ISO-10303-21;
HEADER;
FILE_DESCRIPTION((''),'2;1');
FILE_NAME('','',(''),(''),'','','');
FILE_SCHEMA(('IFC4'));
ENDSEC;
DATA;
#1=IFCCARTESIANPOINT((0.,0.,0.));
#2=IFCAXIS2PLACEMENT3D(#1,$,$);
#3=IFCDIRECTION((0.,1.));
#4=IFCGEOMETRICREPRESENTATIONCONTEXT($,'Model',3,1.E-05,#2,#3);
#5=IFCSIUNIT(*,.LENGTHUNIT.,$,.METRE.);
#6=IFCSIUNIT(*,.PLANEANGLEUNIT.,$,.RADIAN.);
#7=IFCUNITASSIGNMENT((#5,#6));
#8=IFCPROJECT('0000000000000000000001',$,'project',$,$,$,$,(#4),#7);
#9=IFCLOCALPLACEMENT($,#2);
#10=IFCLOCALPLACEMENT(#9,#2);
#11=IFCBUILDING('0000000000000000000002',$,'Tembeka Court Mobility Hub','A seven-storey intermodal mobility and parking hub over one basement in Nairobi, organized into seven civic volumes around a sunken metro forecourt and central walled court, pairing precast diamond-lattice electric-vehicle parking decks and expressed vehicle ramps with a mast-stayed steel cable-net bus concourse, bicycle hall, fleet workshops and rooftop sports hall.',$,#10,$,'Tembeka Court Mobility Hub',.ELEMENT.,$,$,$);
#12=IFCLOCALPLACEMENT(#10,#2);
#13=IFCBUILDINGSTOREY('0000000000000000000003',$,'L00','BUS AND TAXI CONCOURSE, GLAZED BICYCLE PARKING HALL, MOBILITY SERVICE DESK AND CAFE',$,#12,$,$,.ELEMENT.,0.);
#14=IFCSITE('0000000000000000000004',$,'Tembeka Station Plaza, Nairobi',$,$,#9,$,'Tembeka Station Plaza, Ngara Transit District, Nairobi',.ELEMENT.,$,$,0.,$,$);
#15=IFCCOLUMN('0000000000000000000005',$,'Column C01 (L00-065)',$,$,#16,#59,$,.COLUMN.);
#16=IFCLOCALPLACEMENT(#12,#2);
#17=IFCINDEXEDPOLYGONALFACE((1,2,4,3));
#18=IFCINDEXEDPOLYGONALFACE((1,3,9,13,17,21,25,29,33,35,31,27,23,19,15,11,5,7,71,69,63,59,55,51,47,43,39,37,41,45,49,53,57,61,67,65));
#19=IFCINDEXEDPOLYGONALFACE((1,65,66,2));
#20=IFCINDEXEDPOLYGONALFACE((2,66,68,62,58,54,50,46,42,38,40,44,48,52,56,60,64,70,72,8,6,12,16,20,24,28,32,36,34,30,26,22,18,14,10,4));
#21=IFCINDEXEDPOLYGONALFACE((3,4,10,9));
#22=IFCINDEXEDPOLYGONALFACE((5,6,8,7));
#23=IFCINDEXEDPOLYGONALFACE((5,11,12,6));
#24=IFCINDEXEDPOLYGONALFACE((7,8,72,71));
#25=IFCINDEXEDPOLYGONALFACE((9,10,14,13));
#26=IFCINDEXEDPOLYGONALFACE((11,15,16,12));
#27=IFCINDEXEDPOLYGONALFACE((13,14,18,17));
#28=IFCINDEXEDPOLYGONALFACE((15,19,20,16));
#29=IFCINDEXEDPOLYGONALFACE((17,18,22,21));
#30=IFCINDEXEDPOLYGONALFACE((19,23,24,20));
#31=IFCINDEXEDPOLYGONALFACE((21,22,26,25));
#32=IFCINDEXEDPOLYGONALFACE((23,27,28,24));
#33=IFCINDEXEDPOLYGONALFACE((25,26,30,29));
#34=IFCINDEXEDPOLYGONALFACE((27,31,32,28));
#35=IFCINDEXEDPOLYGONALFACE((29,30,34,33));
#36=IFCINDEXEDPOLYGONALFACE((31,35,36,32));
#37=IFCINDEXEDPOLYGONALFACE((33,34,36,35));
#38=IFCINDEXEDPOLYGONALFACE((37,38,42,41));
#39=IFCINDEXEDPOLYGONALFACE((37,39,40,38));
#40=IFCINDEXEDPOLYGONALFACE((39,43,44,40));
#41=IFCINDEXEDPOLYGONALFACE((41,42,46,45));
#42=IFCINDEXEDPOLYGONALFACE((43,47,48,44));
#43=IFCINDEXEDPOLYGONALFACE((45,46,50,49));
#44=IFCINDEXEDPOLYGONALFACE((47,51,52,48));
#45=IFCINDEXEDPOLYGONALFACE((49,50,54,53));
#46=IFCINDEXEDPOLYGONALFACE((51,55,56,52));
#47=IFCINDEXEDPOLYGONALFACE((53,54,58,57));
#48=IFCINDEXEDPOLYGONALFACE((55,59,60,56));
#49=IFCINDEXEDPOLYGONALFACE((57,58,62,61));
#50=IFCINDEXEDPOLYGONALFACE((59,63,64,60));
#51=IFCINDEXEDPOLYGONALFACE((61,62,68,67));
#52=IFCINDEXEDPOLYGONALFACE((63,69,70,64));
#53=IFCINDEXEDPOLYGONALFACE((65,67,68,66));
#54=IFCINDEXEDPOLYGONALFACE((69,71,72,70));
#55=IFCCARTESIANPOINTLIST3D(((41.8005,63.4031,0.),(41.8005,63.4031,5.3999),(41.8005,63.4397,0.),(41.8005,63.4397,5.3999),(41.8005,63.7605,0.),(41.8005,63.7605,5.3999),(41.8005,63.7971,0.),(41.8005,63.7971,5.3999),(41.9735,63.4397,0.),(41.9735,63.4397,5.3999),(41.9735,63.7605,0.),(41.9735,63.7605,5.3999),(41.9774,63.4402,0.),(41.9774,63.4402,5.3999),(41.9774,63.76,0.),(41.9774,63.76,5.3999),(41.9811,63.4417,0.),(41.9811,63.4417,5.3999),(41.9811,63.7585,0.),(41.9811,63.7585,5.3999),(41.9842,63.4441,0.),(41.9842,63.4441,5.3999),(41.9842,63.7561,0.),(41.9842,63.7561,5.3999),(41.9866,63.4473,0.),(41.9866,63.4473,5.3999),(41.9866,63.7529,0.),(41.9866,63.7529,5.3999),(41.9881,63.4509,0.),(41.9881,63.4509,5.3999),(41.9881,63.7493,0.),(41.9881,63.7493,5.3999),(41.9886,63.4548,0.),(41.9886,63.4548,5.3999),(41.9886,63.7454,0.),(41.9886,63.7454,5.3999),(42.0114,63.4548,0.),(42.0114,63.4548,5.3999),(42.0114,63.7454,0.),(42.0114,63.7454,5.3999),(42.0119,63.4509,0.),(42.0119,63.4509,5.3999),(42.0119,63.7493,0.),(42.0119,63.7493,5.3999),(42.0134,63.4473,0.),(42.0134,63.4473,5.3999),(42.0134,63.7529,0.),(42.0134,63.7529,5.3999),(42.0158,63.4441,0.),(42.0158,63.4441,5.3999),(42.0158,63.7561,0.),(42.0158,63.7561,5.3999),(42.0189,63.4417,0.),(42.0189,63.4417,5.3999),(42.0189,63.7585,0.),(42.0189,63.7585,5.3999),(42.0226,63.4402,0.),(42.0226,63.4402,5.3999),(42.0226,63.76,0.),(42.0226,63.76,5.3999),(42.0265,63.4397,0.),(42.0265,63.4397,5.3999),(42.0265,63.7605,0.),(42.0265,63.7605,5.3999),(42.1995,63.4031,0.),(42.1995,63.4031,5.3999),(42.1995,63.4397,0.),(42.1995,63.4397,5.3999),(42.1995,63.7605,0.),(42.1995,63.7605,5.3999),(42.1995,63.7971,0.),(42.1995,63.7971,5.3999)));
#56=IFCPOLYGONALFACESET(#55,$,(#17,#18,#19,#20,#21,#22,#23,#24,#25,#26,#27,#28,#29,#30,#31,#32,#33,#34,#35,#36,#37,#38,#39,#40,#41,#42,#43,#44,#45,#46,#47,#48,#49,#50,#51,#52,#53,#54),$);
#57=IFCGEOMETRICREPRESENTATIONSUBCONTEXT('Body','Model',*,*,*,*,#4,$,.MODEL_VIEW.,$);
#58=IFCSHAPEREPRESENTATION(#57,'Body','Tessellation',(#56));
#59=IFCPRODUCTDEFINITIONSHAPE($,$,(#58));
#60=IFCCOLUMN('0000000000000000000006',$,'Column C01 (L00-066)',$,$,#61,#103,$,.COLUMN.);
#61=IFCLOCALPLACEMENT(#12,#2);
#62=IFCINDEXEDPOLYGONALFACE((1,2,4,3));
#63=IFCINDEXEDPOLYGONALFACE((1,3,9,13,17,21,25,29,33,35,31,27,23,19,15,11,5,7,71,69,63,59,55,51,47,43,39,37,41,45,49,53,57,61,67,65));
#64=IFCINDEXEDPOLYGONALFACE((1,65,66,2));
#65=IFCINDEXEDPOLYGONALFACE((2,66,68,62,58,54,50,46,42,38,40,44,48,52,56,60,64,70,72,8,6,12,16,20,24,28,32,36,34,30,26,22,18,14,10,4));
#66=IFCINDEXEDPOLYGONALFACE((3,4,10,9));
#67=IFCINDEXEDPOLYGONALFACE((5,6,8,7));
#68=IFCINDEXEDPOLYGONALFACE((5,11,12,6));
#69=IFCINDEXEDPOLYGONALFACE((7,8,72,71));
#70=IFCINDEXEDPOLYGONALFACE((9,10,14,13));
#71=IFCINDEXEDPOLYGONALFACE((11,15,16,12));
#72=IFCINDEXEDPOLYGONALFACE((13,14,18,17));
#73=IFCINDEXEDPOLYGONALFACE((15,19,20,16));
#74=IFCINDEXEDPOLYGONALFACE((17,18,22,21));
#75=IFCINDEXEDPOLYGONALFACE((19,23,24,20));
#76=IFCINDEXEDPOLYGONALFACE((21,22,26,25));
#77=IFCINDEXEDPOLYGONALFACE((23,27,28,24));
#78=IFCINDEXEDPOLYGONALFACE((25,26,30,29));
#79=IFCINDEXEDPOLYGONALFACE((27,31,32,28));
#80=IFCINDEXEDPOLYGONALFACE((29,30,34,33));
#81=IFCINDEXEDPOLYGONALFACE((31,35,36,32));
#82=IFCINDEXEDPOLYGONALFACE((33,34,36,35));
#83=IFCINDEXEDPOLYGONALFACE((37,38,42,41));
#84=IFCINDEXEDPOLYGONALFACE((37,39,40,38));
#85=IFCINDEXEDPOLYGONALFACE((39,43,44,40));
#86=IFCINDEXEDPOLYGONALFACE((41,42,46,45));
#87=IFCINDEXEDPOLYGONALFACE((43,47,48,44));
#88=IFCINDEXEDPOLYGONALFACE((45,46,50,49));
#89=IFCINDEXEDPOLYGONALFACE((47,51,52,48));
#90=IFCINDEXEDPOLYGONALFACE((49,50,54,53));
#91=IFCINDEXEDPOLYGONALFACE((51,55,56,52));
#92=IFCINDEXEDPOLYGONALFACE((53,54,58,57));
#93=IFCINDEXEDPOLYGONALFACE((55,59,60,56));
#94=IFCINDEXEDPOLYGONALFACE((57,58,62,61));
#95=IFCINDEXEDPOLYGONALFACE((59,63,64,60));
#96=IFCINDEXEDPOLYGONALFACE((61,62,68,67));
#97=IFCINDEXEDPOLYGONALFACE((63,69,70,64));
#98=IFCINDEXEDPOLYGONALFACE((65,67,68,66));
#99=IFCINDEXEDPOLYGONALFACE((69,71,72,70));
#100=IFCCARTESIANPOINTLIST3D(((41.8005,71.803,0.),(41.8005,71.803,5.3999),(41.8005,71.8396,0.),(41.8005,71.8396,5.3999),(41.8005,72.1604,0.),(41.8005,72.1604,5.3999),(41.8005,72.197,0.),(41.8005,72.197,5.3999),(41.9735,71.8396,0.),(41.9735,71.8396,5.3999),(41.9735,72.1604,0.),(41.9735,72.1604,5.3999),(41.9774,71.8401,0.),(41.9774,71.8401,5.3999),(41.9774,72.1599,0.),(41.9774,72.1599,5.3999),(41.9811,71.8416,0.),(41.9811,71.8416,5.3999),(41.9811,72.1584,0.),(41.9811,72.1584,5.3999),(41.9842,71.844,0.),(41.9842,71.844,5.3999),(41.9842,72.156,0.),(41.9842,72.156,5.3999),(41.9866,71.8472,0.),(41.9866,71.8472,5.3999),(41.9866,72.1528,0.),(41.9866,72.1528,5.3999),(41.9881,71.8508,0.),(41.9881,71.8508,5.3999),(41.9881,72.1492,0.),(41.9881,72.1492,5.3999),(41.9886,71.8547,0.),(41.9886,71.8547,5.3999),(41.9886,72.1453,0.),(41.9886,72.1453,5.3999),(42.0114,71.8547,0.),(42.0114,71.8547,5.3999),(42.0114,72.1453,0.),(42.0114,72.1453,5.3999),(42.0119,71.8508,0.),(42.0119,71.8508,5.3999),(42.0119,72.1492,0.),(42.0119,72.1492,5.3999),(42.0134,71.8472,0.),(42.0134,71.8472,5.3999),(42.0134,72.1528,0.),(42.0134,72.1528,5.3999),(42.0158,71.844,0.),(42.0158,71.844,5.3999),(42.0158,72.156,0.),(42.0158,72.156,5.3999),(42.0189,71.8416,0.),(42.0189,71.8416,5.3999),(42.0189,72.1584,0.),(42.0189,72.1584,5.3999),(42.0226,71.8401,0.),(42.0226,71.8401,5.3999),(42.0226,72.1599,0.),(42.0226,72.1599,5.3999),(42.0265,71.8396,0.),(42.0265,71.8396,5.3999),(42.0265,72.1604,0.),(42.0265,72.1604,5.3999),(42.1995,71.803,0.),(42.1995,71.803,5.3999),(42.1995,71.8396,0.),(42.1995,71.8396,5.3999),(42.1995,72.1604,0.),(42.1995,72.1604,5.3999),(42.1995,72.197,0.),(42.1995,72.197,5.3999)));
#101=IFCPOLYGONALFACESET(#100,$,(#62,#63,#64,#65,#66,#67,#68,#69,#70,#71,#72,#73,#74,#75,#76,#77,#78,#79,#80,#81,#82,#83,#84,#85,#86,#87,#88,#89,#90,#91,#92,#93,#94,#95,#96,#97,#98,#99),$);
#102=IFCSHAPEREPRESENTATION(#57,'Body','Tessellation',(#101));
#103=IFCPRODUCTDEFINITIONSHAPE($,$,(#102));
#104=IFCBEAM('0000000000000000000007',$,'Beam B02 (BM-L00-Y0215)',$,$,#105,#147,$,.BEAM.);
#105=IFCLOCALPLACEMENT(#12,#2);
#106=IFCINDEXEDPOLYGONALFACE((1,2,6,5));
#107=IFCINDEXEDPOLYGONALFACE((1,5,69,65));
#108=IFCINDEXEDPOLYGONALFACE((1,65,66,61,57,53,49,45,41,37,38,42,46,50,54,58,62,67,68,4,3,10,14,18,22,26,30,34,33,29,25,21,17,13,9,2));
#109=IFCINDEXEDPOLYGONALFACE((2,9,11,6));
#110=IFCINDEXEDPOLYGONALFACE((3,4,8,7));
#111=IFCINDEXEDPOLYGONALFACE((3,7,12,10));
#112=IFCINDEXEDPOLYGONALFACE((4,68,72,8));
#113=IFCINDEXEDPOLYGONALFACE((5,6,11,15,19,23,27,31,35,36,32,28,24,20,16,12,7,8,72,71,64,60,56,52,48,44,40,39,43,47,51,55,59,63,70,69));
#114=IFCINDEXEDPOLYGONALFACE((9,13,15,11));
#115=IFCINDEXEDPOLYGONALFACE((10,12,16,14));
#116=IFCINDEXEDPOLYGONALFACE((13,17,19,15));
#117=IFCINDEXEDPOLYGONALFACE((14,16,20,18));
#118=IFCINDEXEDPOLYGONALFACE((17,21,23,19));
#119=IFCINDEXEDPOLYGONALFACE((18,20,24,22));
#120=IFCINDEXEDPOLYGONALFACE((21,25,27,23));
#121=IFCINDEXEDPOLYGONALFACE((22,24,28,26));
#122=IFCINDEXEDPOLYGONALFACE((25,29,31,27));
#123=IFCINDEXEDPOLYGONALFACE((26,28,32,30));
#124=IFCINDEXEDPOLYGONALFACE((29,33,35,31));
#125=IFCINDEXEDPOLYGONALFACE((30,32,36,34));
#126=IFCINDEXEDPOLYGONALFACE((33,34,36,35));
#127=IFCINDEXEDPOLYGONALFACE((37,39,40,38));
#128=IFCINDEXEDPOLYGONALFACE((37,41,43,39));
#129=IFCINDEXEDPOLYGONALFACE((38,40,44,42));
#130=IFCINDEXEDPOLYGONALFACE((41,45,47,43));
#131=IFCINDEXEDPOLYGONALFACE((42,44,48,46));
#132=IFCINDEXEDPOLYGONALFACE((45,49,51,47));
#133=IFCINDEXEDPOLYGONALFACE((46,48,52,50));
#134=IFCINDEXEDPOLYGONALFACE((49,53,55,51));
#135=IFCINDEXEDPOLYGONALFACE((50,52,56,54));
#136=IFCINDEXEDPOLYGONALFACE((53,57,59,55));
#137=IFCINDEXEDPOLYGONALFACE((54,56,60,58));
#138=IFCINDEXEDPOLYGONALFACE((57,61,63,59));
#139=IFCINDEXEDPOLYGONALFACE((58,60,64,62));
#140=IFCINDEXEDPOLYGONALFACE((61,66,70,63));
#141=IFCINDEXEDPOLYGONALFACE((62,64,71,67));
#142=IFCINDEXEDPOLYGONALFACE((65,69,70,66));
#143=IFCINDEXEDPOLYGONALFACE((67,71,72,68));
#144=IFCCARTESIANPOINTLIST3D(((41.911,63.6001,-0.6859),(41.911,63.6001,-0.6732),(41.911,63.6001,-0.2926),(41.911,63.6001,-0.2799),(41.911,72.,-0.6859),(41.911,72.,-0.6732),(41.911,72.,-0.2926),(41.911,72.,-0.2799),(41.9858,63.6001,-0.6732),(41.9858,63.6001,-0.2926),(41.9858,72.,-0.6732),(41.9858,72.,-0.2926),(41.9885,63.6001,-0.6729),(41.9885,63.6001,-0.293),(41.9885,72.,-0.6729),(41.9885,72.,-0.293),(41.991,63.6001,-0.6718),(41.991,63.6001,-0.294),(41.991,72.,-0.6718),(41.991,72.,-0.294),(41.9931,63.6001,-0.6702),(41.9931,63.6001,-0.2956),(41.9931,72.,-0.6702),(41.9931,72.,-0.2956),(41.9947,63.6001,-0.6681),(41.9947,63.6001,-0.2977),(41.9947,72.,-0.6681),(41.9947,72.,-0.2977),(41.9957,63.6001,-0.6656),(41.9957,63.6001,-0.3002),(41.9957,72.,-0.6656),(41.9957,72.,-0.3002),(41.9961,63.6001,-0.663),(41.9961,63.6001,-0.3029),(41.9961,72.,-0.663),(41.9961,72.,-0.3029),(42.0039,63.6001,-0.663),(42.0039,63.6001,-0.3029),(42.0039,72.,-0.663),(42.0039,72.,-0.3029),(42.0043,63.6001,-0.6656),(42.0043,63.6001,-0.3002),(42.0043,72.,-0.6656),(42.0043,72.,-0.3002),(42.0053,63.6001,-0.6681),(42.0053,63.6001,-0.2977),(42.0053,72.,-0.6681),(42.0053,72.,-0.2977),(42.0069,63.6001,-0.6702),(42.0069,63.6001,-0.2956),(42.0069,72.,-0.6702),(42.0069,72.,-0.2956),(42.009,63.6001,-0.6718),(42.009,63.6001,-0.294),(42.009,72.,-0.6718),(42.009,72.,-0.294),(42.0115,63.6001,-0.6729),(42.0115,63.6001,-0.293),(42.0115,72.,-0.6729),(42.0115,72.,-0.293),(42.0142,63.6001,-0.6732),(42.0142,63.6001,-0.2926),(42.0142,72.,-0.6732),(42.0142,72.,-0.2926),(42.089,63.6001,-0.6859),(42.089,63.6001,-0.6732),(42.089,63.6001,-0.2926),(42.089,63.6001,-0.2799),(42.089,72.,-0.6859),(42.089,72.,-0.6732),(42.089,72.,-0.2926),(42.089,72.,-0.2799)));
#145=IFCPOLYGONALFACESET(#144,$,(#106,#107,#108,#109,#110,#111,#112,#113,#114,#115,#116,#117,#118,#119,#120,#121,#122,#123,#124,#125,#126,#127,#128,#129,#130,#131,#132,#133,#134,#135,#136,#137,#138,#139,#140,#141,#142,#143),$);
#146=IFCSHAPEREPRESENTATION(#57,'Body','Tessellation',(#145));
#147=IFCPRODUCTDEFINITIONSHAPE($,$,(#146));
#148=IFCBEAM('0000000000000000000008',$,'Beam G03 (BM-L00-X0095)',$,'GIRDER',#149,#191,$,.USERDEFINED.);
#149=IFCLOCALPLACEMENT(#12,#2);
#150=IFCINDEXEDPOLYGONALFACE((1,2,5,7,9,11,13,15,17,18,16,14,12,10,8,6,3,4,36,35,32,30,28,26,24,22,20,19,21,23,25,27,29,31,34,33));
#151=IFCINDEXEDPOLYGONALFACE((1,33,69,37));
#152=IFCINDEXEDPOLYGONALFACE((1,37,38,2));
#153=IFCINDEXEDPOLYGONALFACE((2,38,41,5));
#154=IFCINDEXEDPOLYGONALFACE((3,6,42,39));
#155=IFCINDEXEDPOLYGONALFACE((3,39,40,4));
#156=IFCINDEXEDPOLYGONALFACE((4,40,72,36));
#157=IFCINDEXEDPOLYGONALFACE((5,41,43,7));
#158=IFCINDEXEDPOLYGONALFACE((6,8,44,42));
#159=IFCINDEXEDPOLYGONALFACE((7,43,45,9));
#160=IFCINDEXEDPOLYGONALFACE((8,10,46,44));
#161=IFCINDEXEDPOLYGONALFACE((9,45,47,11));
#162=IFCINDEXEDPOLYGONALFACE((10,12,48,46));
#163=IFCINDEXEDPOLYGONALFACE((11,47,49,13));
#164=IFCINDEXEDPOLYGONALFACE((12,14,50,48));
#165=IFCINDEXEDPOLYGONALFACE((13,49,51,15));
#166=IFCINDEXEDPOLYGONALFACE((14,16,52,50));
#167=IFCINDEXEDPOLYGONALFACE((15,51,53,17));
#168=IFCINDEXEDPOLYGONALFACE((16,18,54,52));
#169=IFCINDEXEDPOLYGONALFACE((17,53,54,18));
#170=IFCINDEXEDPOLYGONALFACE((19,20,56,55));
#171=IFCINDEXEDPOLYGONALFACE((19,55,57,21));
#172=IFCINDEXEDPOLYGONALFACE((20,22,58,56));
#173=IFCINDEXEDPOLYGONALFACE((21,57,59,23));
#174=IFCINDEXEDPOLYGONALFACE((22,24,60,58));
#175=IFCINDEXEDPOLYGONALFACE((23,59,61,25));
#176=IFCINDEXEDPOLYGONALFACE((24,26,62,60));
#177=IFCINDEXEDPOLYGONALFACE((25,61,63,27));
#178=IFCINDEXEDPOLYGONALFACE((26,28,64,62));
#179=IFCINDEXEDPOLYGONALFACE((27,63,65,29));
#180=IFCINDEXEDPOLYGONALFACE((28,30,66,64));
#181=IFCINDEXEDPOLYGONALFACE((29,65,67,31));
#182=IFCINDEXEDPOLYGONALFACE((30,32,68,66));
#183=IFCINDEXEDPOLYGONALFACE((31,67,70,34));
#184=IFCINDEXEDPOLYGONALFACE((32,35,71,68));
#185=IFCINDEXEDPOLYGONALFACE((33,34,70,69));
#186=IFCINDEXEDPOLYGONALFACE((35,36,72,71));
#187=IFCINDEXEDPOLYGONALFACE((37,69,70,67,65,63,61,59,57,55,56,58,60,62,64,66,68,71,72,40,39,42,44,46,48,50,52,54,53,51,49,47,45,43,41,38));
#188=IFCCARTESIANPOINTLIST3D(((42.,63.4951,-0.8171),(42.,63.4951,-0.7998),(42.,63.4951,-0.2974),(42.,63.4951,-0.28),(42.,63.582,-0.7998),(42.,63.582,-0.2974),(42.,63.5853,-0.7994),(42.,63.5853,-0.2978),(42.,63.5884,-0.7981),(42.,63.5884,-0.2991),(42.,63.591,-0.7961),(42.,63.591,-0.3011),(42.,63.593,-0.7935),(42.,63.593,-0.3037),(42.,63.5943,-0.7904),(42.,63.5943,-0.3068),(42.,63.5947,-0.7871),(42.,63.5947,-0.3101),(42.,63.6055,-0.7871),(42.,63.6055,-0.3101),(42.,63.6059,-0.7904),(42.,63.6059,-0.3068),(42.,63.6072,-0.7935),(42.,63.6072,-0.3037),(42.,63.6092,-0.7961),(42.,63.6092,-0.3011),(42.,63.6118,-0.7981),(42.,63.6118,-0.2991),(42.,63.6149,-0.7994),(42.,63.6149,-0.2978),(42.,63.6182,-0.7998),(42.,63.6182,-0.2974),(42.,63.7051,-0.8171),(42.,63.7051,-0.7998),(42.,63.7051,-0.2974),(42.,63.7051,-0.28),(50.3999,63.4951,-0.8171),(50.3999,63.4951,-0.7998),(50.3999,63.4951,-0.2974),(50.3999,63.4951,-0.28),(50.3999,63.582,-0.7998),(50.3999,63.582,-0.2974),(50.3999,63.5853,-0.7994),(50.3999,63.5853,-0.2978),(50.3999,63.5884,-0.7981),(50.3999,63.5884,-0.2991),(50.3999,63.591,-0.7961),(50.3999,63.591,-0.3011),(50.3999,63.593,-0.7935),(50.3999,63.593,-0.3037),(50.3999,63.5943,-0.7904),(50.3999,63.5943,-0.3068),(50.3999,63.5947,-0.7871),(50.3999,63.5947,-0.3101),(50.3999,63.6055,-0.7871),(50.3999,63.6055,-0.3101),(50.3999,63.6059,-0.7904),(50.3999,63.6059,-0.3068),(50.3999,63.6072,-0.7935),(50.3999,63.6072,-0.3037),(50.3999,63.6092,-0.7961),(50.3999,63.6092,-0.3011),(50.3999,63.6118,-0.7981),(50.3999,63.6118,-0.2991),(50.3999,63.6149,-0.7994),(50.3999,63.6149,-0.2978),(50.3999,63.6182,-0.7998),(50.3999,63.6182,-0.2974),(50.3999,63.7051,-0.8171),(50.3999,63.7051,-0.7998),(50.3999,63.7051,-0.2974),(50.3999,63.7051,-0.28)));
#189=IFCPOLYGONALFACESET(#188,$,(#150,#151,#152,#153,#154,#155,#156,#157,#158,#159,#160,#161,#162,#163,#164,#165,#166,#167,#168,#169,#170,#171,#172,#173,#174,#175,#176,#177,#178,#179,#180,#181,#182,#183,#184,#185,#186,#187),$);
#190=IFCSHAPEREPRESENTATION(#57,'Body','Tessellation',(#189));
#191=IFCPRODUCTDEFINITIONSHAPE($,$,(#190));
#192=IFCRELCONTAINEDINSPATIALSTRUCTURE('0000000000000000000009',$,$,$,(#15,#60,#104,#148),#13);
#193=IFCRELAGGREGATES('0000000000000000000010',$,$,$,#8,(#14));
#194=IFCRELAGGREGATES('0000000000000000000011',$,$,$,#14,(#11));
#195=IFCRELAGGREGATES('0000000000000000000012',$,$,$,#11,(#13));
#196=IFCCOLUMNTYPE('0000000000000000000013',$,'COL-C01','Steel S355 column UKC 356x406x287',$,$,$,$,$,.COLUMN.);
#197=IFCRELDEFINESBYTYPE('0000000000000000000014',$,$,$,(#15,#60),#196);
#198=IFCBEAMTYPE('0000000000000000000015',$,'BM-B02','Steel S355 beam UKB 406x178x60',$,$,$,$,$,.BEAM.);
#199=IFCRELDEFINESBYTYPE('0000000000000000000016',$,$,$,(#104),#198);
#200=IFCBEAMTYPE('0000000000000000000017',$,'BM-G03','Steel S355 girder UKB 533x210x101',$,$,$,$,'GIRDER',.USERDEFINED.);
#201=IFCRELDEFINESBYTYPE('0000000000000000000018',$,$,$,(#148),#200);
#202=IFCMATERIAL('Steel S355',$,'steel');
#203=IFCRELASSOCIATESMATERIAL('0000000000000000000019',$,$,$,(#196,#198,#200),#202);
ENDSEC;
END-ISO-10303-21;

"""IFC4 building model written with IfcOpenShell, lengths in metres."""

from ifc_helpers import new_model, si_unit, direction, frame, origin, origin_2d, place, context, subcontext, project, spatial, i_section, extrude, material, material_profile, profile_set, type_object, element, save


model = new_model("IFC4")

# Units and contexts
model_context = context("Model", 3, precision=1e-05, world=origin(), true_north=direction((0.0, 1.0)))
body_context = subcontext(model_context, "Body", "Model", "MODEL_VIEW")
ifc_project = project(units=[si_unit("LENGTHUNIT", "METRE"), si_unit("PLANEANGLEUNIT", "RADIAN")], contexts=[model_context])

# Site, building, storey
site_placement = place(None, origin())
site = spatial("IfcSite", under=ifc_project, at=site_placement, Name="Tembeka Station Plaza, Nairobi", LongName="Tembeka Station Plaza, Ngara Transit District, Nairobi", CompositionType="ELEMENT", RefElevation=0.0)
building_placement = place(site_placement, origin())
building = spatial("IfcBuilding", under=site, at=building_placement, Name="Tembeka Court Mobility Hub", Description="A seven-storey intermodal mobility and parking hub over one basement in Nairobi, organized into seven civic volumes around a sunken metro forecourt and central walled court, pairing precast diamond-lattice electric-vehicle parking decks and expressed vehicle ramps with a mast-stayed steel cable-net bus concourse, bicycle hall, fleet workshops and rooftop sports hall.", LongName="Tembeka Court Mobility Hub", CompositionType="ELEMENT")
storey_placement = place(building_placement, origin())
storey = spatial("IfcBuildingStorey", under=building, at=storey_placement, Name="L00", Description="BUS AND TAXI CONCOURSE, GLAZED BICYCLE PARKING HALL, MOBILITY SERVICE DESK AND CAFE", CompositionType="ELEMENT", Elevation=0.0)

# Columns
ifc_material_1 = material(Name="Steel S355", Category="steel")
ifc_material_profile_1 = material_profile(ifc_material_1, i_section(OverallWidth=0.3989, OverallDepth=0.394, WebThickness=0.0227, FlangeThickness=0.0366, FilletRadius=0.0151, at=origin_2d()), Name="UKC 356x406x287")
ifc_profile_set_1 = profile_set([ifc_material_profile_1], Name="Steel S355")
column_type = type_object("IfcColumnType", Name="COL-C01", Description="Steel S355 column UKC 356x406x287", PredefinedType="COLUMN", material=ifc_profile_set_1)
for number, where, z_axis, x_axis, name in (
    (1, (42.0, 63.6001, 0.0), (0.0, 0.0, 1.0), (1.0, 0.0, 0.0), "Column C01 (L00-065)"),
    (2, (42.0, 72.0, 0.0), (0.0, 0.0, 1.0), (1.0, 0.0, 0.0), "Column C01 (L00-066)"),
):
    element("IfcColumn", number, at=place(storey_placement, frame(where, z_axis=z_axis, x_axis=x_axis)), inside=storey, type_object=column_type, Name=name, PredefinedType="COLUMN", context=body_context, shape_type="SweptSolid", body=[
        extrude(i_section(OverallWidth=0.3989, OverallDepth=0.394, WebThickness=0.0227, FlangeThickness=0.0366, FilletRadius=0.0151, at=origin_2d()), origin(), (0.0, 0.0, 1.0), 5.3999),
    ])

# Beams
ifc_material_profile_2 = material_profile(ifc_material_1, i_section(OverallWidth=0.178, OverallDepth=0.406, WebThickness=0.0078, FlangeThickness=0.0127, FilletRadius=0.0103, at=origin_2d()), Name="UKB 406x178x60")
ifc_profile_set_2 = profile_set([ifc_material_profile_2], Name="Steel S355")
beam_type_1 = type_object("IfcBeamType", Name="BM-B02", Description="Steel S355 beam UKB 406x178x60", PredefinedType="BEAM", material=ifc_profile_set_2)
beam_placement = place(storey_placement, frame((42.0, 63.6001, -0.4829), z_axis=(0.0, 1.0, 0.0), x_axis=(-1.0, 0.0, 0.0)))
element("IfcBeam", 3, at=beam_placement, inside=storey, type_object=beam_type_1, Name="Beam B02 (BM-L00-Y0215)", PredefinedType="BEAM", context=body_context, shape_type="SweptSolid", body=[
    extrude(i_section(OverallWidth=0.178, OverallDepth=0.406, WebThickness=0.0078, FlangeThickness=0.0127, FilletRadius=0.0103, at=origin_2d()), origin(), (0.0, 0.0, 1.0), 8.3999),
])
ifc_material_profile_3 = material_profile(ifc_material_1, i_section(OverallWidth=0.21, OverallDepth=0.5371, WebThickness=0.0107, FlangeThickness=0.0173, FilletRadius=0.0127, at=origin_2d()), Name="UKB 533x210x101")
ifc_profile_set_3 = profile_set([ifc_material_profile_3], Name="Steel S355")
beam_type_2 = type_object("IfcBeamType", Name="BM-G03", Description="Steel S355 girder UKB 533x210x101", ElementType="GIRDER", PredefinedType="USERDEFINED", material=ifc_profile_set_3)
for number, where, z_axis, x_axis, name in (
    (4, (42.0, 63.6001, -0.5486), (1.0, 0.0, 0.0), (0.0, 1.0, 0.0), "Beam G03 (BM-L00-X0095)"),
):
    element("IfcBeam", number, at=place(storey_placement, frame(where, z_axis=z_axis, x_axis=x_axis)), inside=storey, type_object=beam_type_2, Name=name, ObjectType="GIRDER", PredefinedType="USERDEFINED", context=body_context, shape_type="SweptSolid", body=[
        extrude(i_section(OverallWidth=0.21, OverallDepth=0.5371, WebThickness=0.0107, FlangeThickness=0.0173, FilletRadius=0.0127, at=origin_2d()), origin(), (0.0, 0.0, 1.0), 8.3999),
    ])

save(model, "model.ifc")
